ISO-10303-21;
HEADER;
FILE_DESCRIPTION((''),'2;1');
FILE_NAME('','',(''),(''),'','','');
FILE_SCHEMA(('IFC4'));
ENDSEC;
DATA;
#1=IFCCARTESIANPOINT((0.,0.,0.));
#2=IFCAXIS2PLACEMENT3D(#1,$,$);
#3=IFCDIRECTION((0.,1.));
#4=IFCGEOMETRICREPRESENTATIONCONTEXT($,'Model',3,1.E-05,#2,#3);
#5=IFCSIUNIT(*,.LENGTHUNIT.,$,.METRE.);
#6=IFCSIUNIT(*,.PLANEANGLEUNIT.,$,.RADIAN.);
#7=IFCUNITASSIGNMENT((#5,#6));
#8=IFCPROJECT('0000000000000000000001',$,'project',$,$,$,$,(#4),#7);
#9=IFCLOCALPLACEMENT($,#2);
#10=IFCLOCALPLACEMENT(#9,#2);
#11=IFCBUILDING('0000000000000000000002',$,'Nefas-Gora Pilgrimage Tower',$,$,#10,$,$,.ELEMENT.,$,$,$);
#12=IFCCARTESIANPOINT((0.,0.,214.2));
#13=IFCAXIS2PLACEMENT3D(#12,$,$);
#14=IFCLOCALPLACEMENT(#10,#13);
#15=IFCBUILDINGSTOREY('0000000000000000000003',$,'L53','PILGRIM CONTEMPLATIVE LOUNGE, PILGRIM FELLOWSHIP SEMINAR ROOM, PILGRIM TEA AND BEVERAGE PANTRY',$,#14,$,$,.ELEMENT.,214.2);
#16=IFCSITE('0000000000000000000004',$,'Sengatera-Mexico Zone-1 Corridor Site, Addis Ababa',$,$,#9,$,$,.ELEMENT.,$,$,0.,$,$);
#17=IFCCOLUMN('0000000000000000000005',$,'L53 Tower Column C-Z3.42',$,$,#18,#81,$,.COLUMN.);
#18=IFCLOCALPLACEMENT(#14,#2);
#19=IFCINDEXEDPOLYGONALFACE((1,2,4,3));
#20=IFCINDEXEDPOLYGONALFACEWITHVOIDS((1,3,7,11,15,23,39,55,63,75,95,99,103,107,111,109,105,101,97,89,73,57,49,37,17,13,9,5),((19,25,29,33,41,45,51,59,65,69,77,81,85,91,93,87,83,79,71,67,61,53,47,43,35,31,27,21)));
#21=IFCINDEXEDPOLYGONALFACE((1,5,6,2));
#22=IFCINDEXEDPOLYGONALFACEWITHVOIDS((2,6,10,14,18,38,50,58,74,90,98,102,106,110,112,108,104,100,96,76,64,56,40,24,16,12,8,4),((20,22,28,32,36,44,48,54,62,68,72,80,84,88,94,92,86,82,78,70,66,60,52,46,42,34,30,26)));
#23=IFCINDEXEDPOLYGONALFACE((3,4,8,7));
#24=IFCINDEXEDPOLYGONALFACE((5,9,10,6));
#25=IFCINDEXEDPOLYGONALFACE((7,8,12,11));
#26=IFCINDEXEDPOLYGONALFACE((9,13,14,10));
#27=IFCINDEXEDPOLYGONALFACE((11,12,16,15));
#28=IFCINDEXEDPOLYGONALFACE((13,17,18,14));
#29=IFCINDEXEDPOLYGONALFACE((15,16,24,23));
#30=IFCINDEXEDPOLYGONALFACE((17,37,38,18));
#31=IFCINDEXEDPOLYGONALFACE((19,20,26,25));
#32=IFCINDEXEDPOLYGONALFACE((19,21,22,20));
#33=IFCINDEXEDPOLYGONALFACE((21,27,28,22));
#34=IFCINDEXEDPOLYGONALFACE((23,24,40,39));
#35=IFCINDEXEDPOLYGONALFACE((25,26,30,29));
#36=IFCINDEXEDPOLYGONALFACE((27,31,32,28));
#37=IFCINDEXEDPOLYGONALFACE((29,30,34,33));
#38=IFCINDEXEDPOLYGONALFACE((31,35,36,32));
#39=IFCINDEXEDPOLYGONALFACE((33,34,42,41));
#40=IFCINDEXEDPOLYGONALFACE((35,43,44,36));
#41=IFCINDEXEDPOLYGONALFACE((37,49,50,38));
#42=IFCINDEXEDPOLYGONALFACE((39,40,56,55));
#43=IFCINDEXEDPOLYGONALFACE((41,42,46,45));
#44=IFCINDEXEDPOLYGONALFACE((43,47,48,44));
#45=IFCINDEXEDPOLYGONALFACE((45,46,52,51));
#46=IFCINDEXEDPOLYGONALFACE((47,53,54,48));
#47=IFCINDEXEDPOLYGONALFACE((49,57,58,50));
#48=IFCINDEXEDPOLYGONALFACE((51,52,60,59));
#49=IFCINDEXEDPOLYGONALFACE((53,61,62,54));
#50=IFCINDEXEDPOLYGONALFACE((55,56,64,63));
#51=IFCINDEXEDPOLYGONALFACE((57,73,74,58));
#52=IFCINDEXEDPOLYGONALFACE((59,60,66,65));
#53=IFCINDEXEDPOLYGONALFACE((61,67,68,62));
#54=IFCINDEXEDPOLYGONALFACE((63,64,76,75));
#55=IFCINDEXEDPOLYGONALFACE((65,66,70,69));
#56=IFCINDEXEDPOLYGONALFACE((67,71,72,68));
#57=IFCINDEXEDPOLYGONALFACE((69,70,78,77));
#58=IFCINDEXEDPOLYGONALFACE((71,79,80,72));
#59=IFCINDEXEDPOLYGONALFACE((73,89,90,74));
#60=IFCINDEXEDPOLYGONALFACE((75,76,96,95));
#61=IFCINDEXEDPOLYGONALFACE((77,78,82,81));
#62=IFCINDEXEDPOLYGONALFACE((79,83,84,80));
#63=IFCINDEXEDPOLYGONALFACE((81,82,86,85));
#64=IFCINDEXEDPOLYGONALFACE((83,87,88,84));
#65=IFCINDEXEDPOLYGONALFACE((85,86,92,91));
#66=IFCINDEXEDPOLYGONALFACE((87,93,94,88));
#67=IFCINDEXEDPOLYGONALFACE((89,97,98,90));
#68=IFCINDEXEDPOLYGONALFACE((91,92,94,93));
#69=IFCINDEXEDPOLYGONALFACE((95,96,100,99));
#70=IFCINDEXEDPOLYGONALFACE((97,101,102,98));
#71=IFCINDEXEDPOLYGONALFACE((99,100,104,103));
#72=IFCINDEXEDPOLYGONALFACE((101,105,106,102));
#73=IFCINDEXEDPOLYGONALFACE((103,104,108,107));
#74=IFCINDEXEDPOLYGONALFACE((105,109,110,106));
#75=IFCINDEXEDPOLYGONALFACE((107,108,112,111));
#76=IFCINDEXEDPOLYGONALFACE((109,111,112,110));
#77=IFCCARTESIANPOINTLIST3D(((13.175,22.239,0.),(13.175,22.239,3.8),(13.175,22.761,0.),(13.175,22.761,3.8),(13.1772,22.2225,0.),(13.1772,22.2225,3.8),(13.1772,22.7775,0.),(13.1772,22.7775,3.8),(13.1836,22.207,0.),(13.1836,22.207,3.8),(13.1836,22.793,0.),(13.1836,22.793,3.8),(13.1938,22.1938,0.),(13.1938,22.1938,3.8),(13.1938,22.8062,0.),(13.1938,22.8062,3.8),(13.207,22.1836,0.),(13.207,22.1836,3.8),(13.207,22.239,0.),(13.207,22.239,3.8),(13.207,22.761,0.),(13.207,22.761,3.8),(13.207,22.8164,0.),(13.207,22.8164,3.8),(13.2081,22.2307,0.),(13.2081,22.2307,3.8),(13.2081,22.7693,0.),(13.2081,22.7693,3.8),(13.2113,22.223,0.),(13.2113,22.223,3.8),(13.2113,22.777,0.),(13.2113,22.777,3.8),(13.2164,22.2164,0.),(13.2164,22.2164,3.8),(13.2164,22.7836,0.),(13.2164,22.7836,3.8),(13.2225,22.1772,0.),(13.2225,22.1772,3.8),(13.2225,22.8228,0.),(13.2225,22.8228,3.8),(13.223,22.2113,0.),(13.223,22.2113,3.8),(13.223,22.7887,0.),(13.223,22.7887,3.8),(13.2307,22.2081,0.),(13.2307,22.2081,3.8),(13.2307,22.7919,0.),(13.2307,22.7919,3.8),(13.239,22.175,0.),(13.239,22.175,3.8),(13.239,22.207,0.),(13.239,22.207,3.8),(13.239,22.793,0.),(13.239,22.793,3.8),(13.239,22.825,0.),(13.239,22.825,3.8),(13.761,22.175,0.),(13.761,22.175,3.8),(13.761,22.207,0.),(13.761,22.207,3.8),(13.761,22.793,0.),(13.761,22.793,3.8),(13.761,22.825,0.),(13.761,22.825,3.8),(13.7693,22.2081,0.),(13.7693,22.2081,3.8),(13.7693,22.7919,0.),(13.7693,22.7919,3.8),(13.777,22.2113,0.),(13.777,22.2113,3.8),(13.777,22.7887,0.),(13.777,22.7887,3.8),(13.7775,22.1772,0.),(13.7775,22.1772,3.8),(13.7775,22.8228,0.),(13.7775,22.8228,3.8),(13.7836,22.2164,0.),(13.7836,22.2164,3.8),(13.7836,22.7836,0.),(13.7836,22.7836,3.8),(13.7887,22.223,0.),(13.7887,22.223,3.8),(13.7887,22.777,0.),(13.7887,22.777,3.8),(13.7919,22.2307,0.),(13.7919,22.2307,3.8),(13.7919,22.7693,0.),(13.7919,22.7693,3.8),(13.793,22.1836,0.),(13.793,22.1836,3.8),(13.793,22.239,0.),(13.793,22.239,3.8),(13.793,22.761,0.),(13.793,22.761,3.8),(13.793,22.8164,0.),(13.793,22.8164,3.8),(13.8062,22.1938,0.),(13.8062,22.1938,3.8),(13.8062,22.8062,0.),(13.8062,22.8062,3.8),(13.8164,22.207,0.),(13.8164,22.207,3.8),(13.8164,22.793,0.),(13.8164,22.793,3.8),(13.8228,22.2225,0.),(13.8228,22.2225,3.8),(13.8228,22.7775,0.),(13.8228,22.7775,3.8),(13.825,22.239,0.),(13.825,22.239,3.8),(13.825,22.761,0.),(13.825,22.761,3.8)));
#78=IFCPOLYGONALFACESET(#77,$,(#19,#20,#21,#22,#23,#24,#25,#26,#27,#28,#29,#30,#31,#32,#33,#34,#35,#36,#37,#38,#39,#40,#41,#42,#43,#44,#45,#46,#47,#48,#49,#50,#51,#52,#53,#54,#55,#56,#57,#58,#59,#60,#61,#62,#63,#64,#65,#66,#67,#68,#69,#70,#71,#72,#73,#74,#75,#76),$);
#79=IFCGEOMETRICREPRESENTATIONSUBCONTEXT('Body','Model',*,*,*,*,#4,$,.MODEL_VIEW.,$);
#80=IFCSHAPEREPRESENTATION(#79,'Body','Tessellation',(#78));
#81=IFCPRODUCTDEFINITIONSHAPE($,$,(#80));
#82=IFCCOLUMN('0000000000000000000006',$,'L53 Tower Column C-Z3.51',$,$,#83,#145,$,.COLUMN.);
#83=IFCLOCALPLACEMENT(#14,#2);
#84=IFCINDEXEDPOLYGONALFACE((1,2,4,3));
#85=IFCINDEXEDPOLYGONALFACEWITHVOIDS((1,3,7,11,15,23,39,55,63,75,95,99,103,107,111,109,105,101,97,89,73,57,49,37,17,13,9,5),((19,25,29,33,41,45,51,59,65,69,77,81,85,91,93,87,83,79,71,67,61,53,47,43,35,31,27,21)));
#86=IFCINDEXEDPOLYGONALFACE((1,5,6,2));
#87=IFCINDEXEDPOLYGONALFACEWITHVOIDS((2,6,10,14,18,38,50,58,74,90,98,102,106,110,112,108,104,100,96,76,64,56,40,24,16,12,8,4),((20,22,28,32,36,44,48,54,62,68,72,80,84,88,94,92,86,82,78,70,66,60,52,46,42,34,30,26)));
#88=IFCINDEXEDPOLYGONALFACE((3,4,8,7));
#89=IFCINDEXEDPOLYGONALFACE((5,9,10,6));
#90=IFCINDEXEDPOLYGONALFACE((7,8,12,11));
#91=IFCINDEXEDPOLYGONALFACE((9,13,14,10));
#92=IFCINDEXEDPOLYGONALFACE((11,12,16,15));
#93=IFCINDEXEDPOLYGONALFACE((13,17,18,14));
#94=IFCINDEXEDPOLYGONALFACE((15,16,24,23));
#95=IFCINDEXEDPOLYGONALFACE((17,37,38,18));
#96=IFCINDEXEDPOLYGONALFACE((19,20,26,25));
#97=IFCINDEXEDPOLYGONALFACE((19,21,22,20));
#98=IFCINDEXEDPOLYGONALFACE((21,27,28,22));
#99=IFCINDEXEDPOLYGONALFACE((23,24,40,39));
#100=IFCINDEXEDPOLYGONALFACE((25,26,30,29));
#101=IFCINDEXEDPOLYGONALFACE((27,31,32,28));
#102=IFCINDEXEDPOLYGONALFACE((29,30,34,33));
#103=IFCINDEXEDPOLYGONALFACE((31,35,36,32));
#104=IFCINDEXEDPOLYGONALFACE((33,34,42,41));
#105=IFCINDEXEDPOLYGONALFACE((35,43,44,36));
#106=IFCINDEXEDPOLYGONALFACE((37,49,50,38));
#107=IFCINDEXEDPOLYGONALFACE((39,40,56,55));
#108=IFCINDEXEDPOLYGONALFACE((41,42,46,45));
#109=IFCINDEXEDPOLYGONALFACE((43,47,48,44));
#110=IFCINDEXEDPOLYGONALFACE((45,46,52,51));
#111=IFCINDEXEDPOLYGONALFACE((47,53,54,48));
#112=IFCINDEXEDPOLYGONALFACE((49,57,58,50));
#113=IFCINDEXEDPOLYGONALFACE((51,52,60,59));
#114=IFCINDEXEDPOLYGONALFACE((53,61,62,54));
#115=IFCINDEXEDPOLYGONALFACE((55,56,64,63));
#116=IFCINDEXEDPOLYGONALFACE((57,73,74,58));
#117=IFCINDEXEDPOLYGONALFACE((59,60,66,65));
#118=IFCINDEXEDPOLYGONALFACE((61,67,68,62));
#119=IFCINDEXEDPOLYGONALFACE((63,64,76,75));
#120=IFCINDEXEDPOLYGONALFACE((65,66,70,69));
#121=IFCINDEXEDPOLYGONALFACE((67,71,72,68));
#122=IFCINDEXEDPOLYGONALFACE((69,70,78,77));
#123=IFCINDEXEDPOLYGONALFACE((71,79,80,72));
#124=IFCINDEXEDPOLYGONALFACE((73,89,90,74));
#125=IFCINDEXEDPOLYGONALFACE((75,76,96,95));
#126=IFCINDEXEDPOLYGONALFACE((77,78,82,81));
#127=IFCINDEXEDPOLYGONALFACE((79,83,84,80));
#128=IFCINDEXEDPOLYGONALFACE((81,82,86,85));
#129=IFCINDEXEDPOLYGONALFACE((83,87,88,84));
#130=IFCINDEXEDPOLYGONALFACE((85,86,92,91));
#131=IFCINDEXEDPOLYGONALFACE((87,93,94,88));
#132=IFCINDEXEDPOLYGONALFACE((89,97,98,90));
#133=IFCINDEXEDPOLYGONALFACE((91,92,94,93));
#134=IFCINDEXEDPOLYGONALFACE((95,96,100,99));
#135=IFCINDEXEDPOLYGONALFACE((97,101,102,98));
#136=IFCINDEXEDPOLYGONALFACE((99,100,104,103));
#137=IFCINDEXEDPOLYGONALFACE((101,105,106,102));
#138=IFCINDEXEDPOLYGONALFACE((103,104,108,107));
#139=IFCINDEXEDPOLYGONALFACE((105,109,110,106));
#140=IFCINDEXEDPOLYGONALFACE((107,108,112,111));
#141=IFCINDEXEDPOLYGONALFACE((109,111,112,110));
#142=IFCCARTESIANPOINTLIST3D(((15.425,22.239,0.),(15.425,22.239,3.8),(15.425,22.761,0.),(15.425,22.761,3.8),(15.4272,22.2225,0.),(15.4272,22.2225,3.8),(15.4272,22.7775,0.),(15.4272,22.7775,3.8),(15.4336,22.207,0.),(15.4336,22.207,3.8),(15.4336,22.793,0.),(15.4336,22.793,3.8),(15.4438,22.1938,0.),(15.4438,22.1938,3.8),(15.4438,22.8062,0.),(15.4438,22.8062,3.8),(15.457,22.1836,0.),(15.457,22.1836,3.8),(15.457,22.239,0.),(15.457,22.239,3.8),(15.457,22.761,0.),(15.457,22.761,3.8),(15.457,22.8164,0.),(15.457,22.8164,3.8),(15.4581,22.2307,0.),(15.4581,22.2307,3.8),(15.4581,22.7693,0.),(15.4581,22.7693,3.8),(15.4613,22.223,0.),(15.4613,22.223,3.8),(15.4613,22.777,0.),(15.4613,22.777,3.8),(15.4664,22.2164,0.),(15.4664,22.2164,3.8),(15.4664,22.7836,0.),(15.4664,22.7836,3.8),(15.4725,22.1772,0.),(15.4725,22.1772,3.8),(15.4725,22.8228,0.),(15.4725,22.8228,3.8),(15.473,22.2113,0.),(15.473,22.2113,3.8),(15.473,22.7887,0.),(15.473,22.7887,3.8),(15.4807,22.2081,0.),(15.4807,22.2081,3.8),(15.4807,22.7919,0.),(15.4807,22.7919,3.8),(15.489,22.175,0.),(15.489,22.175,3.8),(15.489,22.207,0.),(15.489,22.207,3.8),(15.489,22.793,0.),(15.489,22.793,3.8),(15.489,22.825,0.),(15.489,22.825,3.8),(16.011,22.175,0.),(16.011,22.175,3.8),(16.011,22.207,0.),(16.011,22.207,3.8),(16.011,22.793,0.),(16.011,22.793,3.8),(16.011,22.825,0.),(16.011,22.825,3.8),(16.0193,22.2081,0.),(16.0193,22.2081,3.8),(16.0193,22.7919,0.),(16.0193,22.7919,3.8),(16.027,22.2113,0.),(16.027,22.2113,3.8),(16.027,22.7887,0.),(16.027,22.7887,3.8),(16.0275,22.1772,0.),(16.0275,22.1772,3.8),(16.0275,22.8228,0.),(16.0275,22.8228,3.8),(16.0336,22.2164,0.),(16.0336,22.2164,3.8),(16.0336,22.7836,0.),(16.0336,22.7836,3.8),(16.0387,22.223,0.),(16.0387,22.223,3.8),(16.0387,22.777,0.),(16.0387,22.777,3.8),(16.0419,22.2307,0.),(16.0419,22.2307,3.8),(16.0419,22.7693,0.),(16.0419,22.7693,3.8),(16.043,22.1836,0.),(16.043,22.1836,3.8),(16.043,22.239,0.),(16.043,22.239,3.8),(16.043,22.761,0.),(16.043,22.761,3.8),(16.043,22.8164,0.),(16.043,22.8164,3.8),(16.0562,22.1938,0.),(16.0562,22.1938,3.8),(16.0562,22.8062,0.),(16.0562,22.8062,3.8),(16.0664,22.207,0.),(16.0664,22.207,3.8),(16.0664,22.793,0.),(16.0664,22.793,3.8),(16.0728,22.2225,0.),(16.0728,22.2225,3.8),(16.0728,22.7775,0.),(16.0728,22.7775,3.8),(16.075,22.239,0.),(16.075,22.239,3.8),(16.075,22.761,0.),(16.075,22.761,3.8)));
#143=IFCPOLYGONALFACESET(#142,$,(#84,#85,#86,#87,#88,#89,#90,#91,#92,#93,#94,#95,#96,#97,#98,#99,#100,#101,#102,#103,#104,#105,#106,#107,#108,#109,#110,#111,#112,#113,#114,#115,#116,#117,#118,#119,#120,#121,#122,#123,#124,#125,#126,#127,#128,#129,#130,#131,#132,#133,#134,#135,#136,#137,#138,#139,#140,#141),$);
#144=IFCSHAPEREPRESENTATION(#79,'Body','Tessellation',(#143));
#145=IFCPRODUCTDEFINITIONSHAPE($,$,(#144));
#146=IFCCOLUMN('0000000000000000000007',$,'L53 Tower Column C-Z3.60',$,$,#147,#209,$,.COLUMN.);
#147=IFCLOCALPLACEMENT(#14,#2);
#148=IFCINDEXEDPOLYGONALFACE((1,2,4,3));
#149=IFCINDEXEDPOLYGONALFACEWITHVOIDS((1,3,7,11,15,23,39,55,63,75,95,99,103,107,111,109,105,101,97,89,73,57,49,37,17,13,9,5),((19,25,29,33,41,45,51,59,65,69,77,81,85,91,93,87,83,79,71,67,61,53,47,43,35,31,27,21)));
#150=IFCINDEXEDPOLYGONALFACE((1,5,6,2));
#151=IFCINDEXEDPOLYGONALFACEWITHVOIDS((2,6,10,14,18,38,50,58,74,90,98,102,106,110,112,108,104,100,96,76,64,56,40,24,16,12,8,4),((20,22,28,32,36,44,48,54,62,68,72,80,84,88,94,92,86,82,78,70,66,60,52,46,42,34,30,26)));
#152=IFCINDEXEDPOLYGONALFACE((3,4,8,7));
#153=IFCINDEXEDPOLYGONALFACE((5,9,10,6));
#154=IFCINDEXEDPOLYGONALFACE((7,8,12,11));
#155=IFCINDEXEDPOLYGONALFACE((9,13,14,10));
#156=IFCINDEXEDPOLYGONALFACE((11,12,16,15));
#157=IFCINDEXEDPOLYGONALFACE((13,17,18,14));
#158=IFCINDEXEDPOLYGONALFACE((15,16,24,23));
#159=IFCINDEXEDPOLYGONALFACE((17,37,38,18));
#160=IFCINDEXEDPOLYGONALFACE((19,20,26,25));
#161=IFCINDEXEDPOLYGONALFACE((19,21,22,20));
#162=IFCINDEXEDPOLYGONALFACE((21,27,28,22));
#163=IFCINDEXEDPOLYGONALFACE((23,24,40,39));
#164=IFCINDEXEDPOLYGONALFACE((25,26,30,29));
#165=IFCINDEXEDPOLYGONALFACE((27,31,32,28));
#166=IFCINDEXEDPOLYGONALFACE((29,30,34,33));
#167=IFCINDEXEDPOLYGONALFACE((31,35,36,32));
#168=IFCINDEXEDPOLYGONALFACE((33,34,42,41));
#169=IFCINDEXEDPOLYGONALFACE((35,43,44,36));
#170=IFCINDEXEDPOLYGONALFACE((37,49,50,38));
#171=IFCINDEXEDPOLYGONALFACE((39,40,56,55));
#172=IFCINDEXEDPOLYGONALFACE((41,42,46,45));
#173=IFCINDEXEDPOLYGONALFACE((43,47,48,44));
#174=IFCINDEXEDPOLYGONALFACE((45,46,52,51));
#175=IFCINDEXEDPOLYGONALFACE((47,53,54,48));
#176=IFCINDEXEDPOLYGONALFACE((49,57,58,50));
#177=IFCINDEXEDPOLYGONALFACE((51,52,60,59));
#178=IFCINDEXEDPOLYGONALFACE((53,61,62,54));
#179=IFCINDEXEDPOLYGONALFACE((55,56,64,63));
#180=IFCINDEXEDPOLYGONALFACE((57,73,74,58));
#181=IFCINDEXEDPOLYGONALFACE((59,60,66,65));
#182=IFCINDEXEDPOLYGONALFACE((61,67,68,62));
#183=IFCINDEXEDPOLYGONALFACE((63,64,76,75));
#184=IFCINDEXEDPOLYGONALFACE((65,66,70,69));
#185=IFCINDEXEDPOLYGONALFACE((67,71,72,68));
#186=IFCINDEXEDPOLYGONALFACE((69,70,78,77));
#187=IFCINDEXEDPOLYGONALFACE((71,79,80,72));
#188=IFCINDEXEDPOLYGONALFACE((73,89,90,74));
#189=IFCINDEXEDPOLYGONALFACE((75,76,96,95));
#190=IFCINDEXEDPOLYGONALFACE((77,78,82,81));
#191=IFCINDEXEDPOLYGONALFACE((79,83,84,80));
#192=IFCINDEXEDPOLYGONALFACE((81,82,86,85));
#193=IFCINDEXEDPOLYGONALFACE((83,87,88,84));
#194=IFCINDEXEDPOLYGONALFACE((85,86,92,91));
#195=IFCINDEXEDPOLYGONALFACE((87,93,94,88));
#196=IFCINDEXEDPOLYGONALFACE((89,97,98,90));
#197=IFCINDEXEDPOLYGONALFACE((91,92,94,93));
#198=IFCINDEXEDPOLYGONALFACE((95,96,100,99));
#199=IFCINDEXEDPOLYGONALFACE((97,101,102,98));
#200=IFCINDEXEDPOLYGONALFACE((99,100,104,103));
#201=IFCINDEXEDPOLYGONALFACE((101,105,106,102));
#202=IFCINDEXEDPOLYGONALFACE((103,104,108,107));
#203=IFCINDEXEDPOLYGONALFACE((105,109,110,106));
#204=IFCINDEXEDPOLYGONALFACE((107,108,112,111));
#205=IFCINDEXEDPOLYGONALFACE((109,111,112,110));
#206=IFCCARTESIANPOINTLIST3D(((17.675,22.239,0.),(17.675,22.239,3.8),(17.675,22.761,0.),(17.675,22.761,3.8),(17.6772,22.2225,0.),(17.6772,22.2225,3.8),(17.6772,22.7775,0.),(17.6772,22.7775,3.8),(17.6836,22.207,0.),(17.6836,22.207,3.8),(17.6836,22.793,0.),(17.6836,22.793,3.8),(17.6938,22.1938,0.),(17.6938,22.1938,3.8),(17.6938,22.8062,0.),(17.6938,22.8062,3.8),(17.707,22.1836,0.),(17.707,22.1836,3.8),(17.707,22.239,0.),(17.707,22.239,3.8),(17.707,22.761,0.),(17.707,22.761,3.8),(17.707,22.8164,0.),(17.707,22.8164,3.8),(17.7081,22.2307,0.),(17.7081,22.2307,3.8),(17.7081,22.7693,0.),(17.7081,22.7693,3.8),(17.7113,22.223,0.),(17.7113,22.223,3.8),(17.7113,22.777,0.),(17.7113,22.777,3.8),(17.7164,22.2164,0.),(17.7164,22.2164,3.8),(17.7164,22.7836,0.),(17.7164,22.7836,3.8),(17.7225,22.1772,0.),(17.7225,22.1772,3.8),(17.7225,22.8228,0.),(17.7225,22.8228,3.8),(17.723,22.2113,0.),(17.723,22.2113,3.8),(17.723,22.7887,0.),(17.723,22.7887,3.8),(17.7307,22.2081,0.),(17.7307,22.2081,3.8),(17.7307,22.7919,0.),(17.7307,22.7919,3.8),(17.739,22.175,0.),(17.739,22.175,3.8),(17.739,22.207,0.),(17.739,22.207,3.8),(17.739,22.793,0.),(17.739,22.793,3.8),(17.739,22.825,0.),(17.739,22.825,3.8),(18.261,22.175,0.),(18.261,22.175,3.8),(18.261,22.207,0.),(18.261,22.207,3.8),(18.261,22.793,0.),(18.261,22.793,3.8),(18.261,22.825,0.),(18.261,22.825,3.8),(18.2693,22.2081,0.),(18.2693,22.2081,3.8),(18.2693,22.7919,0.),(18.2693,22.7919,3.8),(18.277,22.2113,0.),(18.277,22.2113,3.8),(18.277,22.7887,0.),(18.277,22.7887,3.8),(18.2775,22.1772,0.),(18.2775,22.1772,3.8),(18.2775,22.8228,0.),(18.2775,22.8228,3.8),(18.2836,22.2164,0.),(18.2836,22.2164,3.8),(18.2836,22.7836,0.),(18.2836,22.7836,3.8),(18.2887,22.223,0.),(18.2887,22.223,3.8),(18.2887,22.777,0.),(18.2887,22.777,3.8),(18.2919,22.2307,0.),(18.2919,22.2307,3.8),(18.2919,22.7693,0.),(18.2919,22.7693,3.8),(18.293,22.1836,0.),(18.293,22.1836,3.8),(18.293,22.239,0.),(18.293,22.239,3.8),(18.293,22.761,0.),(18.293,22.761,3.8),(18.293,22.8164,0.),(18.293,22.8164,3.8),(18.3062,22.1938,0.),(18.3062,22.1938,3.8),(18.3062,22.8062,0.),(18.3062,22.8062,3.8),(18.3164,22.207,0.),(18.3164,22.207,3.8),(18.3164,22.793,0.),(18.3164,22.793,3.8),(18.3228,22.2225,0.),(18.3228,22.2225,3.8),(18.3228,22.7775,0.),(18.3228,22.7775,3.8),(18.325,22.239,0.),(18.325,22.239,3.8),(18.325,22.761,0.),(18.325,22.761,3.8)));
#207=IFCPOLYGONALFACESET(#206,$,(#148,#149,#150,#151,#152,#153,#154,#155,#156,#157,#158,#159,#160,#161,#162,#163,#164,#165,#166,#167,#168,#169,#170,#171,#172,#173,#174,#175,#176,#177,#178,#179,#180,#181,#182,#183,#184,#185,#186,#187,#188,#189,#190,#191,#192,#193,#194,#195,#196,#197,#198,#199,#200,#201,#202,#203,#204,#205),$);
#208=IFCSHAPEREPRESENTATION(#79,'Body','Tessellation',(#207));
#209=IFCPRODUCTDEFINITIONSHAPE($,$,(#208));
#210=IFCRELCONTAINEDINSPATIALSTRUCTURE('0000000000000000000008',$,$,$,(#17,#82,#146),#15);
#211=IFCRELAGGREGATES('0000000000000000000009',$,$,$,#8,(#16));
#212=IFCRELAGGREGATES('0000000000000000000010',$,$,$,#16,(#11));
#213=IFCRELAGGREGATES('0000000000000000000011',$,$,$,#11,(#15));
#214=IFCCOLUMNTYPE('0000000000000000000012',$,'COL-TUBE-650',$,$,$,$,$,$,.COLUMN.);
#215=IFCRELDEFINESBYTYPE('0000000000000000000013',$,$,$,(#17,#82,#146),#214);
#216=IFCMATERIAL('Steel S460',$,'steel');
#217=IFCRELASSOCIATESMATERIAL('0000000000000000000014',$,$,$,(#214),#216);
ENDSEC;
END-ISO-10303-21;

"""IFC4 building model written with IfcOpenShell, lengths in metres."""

from ifc_helpers import new_model, si_unit, direction, frame, origin, origin_2d, place, context, subcontext, project, spatial, hollow_rectangle, extrude, source, transform, mapped, material, material_profile, profile_set, type_object, element, save


model = new_model("IFC4")

# Units and contexts
model_context = context("Model", 3, precision=1e-05, world=origin(), true_north=direction((0.0, 1.0)))
body_context = subcontext(model_context, "Body", "Model", "MODEL_VIEW")
ifc_project = project(units=[si_unit("LENGTHUNIT", "METRE"), si_unit("PLANEANGLEUNIT", "RADIAN")], contexts=[model_context])

# Site, building, storey
site_placement = place(None, origin())
site = spatial("IfcSite", under=ifc_project, at=site_placement, Name="Sengatera-Mexico Zone-1 Corridor Site, Addis Ababa", CompositionType="ELEMENT", RefElevation=0.0)
building_placement = place(site_placement, origin())
building = spatial("IfcBuilding", under=site, at=building_placement, Name="Nefas-Gora Pilgrimage Tower", CompositionType="ELEMENT")
storey_placement = place(building_placement, frame((0.0, 0.0, 214.2)))
storey = spatial("IfcBuildingStorey", under=building, at=storey_placement, Name="L53", Description="PILGRIM CONTEMPLATIVE LOUNGE, PILGRIM FELLOWSHIP SEMINAR ROOM, PILGRIM TEA AND BEVERAGE PANTRY", CompositionType="ELEMENT", Elevation=214.2)

# Columns
ifc_material_1 = material(Name="Steel S460", Category="steel")
ifc_material_profile_1 = material_profile(ifc_material_1, hollow_rectangle(XDim=0.6499, YDim=0.6499, WallThickness=0.032, InnerFilletRadius=0.032, OuterFilletRadius=0.064, at=origin_2d()), Name="BOX 650x650x32")
ifc_profile_set_1 = profile_set([ifc_material_profile_1], Name="Steel S460")
column_type_1 = type_object("IfcColumnType", Name="COL-TUBE-650", PredefinedType="COLUMN", material=ifc_profile_set_1)
shared_shape_1 = source(origin(), body_context, "Body", "SweptSolid", [
    extrude(hollow_rectangle(XDim=0.6499, YDim=0.6499, WallThickness=0.032, InnerFilletRadius=0.032, OuterFilletRadius=0.064, at=origin_2d()), origin(), (0.0, 0.0, 1.0), 3.8),
])
for number, where, z_axis, x_axis, name in (
    (1, (13.5, 22.5, 0.0), (0.0, 0.0, 1.0), (1.0, 0.0, 0.0), "L53 Tower Column C-Z3.42"),
    (2, (15.75, 22.5, 0.0), (0.0, 0.0, 1.0), (1.0, 0.0, 0.0), "L53 Tower Column C-Z3.51"),
    (3, (18.0, 22.5, 0.0), (0.0, 0.0, 1.0), (1.0, 0.0, 0.0), "L53 Tower Column C-Z3.60"),
):
    element("IfcColumn", number, at=place(storey_placement, frame(where, z_axis=z_axis, x_axis=x_axis)), inside=storey, type_object=column_type_1, Name=name, PredefinedType="COLUMN", context=body_context, shape_type="MappedRepresentation", body=[
        mapped(shared_shape_1, transform((0.0, 0.0, 0.0), x_axis=(1.0, 0.0, 0.0), y_axis=(0.0, 1.0, 0.0), z_axis=(0.0, 0.0, 1.0), scale=1.0)),
    ])

save(model, "model.ifc")
